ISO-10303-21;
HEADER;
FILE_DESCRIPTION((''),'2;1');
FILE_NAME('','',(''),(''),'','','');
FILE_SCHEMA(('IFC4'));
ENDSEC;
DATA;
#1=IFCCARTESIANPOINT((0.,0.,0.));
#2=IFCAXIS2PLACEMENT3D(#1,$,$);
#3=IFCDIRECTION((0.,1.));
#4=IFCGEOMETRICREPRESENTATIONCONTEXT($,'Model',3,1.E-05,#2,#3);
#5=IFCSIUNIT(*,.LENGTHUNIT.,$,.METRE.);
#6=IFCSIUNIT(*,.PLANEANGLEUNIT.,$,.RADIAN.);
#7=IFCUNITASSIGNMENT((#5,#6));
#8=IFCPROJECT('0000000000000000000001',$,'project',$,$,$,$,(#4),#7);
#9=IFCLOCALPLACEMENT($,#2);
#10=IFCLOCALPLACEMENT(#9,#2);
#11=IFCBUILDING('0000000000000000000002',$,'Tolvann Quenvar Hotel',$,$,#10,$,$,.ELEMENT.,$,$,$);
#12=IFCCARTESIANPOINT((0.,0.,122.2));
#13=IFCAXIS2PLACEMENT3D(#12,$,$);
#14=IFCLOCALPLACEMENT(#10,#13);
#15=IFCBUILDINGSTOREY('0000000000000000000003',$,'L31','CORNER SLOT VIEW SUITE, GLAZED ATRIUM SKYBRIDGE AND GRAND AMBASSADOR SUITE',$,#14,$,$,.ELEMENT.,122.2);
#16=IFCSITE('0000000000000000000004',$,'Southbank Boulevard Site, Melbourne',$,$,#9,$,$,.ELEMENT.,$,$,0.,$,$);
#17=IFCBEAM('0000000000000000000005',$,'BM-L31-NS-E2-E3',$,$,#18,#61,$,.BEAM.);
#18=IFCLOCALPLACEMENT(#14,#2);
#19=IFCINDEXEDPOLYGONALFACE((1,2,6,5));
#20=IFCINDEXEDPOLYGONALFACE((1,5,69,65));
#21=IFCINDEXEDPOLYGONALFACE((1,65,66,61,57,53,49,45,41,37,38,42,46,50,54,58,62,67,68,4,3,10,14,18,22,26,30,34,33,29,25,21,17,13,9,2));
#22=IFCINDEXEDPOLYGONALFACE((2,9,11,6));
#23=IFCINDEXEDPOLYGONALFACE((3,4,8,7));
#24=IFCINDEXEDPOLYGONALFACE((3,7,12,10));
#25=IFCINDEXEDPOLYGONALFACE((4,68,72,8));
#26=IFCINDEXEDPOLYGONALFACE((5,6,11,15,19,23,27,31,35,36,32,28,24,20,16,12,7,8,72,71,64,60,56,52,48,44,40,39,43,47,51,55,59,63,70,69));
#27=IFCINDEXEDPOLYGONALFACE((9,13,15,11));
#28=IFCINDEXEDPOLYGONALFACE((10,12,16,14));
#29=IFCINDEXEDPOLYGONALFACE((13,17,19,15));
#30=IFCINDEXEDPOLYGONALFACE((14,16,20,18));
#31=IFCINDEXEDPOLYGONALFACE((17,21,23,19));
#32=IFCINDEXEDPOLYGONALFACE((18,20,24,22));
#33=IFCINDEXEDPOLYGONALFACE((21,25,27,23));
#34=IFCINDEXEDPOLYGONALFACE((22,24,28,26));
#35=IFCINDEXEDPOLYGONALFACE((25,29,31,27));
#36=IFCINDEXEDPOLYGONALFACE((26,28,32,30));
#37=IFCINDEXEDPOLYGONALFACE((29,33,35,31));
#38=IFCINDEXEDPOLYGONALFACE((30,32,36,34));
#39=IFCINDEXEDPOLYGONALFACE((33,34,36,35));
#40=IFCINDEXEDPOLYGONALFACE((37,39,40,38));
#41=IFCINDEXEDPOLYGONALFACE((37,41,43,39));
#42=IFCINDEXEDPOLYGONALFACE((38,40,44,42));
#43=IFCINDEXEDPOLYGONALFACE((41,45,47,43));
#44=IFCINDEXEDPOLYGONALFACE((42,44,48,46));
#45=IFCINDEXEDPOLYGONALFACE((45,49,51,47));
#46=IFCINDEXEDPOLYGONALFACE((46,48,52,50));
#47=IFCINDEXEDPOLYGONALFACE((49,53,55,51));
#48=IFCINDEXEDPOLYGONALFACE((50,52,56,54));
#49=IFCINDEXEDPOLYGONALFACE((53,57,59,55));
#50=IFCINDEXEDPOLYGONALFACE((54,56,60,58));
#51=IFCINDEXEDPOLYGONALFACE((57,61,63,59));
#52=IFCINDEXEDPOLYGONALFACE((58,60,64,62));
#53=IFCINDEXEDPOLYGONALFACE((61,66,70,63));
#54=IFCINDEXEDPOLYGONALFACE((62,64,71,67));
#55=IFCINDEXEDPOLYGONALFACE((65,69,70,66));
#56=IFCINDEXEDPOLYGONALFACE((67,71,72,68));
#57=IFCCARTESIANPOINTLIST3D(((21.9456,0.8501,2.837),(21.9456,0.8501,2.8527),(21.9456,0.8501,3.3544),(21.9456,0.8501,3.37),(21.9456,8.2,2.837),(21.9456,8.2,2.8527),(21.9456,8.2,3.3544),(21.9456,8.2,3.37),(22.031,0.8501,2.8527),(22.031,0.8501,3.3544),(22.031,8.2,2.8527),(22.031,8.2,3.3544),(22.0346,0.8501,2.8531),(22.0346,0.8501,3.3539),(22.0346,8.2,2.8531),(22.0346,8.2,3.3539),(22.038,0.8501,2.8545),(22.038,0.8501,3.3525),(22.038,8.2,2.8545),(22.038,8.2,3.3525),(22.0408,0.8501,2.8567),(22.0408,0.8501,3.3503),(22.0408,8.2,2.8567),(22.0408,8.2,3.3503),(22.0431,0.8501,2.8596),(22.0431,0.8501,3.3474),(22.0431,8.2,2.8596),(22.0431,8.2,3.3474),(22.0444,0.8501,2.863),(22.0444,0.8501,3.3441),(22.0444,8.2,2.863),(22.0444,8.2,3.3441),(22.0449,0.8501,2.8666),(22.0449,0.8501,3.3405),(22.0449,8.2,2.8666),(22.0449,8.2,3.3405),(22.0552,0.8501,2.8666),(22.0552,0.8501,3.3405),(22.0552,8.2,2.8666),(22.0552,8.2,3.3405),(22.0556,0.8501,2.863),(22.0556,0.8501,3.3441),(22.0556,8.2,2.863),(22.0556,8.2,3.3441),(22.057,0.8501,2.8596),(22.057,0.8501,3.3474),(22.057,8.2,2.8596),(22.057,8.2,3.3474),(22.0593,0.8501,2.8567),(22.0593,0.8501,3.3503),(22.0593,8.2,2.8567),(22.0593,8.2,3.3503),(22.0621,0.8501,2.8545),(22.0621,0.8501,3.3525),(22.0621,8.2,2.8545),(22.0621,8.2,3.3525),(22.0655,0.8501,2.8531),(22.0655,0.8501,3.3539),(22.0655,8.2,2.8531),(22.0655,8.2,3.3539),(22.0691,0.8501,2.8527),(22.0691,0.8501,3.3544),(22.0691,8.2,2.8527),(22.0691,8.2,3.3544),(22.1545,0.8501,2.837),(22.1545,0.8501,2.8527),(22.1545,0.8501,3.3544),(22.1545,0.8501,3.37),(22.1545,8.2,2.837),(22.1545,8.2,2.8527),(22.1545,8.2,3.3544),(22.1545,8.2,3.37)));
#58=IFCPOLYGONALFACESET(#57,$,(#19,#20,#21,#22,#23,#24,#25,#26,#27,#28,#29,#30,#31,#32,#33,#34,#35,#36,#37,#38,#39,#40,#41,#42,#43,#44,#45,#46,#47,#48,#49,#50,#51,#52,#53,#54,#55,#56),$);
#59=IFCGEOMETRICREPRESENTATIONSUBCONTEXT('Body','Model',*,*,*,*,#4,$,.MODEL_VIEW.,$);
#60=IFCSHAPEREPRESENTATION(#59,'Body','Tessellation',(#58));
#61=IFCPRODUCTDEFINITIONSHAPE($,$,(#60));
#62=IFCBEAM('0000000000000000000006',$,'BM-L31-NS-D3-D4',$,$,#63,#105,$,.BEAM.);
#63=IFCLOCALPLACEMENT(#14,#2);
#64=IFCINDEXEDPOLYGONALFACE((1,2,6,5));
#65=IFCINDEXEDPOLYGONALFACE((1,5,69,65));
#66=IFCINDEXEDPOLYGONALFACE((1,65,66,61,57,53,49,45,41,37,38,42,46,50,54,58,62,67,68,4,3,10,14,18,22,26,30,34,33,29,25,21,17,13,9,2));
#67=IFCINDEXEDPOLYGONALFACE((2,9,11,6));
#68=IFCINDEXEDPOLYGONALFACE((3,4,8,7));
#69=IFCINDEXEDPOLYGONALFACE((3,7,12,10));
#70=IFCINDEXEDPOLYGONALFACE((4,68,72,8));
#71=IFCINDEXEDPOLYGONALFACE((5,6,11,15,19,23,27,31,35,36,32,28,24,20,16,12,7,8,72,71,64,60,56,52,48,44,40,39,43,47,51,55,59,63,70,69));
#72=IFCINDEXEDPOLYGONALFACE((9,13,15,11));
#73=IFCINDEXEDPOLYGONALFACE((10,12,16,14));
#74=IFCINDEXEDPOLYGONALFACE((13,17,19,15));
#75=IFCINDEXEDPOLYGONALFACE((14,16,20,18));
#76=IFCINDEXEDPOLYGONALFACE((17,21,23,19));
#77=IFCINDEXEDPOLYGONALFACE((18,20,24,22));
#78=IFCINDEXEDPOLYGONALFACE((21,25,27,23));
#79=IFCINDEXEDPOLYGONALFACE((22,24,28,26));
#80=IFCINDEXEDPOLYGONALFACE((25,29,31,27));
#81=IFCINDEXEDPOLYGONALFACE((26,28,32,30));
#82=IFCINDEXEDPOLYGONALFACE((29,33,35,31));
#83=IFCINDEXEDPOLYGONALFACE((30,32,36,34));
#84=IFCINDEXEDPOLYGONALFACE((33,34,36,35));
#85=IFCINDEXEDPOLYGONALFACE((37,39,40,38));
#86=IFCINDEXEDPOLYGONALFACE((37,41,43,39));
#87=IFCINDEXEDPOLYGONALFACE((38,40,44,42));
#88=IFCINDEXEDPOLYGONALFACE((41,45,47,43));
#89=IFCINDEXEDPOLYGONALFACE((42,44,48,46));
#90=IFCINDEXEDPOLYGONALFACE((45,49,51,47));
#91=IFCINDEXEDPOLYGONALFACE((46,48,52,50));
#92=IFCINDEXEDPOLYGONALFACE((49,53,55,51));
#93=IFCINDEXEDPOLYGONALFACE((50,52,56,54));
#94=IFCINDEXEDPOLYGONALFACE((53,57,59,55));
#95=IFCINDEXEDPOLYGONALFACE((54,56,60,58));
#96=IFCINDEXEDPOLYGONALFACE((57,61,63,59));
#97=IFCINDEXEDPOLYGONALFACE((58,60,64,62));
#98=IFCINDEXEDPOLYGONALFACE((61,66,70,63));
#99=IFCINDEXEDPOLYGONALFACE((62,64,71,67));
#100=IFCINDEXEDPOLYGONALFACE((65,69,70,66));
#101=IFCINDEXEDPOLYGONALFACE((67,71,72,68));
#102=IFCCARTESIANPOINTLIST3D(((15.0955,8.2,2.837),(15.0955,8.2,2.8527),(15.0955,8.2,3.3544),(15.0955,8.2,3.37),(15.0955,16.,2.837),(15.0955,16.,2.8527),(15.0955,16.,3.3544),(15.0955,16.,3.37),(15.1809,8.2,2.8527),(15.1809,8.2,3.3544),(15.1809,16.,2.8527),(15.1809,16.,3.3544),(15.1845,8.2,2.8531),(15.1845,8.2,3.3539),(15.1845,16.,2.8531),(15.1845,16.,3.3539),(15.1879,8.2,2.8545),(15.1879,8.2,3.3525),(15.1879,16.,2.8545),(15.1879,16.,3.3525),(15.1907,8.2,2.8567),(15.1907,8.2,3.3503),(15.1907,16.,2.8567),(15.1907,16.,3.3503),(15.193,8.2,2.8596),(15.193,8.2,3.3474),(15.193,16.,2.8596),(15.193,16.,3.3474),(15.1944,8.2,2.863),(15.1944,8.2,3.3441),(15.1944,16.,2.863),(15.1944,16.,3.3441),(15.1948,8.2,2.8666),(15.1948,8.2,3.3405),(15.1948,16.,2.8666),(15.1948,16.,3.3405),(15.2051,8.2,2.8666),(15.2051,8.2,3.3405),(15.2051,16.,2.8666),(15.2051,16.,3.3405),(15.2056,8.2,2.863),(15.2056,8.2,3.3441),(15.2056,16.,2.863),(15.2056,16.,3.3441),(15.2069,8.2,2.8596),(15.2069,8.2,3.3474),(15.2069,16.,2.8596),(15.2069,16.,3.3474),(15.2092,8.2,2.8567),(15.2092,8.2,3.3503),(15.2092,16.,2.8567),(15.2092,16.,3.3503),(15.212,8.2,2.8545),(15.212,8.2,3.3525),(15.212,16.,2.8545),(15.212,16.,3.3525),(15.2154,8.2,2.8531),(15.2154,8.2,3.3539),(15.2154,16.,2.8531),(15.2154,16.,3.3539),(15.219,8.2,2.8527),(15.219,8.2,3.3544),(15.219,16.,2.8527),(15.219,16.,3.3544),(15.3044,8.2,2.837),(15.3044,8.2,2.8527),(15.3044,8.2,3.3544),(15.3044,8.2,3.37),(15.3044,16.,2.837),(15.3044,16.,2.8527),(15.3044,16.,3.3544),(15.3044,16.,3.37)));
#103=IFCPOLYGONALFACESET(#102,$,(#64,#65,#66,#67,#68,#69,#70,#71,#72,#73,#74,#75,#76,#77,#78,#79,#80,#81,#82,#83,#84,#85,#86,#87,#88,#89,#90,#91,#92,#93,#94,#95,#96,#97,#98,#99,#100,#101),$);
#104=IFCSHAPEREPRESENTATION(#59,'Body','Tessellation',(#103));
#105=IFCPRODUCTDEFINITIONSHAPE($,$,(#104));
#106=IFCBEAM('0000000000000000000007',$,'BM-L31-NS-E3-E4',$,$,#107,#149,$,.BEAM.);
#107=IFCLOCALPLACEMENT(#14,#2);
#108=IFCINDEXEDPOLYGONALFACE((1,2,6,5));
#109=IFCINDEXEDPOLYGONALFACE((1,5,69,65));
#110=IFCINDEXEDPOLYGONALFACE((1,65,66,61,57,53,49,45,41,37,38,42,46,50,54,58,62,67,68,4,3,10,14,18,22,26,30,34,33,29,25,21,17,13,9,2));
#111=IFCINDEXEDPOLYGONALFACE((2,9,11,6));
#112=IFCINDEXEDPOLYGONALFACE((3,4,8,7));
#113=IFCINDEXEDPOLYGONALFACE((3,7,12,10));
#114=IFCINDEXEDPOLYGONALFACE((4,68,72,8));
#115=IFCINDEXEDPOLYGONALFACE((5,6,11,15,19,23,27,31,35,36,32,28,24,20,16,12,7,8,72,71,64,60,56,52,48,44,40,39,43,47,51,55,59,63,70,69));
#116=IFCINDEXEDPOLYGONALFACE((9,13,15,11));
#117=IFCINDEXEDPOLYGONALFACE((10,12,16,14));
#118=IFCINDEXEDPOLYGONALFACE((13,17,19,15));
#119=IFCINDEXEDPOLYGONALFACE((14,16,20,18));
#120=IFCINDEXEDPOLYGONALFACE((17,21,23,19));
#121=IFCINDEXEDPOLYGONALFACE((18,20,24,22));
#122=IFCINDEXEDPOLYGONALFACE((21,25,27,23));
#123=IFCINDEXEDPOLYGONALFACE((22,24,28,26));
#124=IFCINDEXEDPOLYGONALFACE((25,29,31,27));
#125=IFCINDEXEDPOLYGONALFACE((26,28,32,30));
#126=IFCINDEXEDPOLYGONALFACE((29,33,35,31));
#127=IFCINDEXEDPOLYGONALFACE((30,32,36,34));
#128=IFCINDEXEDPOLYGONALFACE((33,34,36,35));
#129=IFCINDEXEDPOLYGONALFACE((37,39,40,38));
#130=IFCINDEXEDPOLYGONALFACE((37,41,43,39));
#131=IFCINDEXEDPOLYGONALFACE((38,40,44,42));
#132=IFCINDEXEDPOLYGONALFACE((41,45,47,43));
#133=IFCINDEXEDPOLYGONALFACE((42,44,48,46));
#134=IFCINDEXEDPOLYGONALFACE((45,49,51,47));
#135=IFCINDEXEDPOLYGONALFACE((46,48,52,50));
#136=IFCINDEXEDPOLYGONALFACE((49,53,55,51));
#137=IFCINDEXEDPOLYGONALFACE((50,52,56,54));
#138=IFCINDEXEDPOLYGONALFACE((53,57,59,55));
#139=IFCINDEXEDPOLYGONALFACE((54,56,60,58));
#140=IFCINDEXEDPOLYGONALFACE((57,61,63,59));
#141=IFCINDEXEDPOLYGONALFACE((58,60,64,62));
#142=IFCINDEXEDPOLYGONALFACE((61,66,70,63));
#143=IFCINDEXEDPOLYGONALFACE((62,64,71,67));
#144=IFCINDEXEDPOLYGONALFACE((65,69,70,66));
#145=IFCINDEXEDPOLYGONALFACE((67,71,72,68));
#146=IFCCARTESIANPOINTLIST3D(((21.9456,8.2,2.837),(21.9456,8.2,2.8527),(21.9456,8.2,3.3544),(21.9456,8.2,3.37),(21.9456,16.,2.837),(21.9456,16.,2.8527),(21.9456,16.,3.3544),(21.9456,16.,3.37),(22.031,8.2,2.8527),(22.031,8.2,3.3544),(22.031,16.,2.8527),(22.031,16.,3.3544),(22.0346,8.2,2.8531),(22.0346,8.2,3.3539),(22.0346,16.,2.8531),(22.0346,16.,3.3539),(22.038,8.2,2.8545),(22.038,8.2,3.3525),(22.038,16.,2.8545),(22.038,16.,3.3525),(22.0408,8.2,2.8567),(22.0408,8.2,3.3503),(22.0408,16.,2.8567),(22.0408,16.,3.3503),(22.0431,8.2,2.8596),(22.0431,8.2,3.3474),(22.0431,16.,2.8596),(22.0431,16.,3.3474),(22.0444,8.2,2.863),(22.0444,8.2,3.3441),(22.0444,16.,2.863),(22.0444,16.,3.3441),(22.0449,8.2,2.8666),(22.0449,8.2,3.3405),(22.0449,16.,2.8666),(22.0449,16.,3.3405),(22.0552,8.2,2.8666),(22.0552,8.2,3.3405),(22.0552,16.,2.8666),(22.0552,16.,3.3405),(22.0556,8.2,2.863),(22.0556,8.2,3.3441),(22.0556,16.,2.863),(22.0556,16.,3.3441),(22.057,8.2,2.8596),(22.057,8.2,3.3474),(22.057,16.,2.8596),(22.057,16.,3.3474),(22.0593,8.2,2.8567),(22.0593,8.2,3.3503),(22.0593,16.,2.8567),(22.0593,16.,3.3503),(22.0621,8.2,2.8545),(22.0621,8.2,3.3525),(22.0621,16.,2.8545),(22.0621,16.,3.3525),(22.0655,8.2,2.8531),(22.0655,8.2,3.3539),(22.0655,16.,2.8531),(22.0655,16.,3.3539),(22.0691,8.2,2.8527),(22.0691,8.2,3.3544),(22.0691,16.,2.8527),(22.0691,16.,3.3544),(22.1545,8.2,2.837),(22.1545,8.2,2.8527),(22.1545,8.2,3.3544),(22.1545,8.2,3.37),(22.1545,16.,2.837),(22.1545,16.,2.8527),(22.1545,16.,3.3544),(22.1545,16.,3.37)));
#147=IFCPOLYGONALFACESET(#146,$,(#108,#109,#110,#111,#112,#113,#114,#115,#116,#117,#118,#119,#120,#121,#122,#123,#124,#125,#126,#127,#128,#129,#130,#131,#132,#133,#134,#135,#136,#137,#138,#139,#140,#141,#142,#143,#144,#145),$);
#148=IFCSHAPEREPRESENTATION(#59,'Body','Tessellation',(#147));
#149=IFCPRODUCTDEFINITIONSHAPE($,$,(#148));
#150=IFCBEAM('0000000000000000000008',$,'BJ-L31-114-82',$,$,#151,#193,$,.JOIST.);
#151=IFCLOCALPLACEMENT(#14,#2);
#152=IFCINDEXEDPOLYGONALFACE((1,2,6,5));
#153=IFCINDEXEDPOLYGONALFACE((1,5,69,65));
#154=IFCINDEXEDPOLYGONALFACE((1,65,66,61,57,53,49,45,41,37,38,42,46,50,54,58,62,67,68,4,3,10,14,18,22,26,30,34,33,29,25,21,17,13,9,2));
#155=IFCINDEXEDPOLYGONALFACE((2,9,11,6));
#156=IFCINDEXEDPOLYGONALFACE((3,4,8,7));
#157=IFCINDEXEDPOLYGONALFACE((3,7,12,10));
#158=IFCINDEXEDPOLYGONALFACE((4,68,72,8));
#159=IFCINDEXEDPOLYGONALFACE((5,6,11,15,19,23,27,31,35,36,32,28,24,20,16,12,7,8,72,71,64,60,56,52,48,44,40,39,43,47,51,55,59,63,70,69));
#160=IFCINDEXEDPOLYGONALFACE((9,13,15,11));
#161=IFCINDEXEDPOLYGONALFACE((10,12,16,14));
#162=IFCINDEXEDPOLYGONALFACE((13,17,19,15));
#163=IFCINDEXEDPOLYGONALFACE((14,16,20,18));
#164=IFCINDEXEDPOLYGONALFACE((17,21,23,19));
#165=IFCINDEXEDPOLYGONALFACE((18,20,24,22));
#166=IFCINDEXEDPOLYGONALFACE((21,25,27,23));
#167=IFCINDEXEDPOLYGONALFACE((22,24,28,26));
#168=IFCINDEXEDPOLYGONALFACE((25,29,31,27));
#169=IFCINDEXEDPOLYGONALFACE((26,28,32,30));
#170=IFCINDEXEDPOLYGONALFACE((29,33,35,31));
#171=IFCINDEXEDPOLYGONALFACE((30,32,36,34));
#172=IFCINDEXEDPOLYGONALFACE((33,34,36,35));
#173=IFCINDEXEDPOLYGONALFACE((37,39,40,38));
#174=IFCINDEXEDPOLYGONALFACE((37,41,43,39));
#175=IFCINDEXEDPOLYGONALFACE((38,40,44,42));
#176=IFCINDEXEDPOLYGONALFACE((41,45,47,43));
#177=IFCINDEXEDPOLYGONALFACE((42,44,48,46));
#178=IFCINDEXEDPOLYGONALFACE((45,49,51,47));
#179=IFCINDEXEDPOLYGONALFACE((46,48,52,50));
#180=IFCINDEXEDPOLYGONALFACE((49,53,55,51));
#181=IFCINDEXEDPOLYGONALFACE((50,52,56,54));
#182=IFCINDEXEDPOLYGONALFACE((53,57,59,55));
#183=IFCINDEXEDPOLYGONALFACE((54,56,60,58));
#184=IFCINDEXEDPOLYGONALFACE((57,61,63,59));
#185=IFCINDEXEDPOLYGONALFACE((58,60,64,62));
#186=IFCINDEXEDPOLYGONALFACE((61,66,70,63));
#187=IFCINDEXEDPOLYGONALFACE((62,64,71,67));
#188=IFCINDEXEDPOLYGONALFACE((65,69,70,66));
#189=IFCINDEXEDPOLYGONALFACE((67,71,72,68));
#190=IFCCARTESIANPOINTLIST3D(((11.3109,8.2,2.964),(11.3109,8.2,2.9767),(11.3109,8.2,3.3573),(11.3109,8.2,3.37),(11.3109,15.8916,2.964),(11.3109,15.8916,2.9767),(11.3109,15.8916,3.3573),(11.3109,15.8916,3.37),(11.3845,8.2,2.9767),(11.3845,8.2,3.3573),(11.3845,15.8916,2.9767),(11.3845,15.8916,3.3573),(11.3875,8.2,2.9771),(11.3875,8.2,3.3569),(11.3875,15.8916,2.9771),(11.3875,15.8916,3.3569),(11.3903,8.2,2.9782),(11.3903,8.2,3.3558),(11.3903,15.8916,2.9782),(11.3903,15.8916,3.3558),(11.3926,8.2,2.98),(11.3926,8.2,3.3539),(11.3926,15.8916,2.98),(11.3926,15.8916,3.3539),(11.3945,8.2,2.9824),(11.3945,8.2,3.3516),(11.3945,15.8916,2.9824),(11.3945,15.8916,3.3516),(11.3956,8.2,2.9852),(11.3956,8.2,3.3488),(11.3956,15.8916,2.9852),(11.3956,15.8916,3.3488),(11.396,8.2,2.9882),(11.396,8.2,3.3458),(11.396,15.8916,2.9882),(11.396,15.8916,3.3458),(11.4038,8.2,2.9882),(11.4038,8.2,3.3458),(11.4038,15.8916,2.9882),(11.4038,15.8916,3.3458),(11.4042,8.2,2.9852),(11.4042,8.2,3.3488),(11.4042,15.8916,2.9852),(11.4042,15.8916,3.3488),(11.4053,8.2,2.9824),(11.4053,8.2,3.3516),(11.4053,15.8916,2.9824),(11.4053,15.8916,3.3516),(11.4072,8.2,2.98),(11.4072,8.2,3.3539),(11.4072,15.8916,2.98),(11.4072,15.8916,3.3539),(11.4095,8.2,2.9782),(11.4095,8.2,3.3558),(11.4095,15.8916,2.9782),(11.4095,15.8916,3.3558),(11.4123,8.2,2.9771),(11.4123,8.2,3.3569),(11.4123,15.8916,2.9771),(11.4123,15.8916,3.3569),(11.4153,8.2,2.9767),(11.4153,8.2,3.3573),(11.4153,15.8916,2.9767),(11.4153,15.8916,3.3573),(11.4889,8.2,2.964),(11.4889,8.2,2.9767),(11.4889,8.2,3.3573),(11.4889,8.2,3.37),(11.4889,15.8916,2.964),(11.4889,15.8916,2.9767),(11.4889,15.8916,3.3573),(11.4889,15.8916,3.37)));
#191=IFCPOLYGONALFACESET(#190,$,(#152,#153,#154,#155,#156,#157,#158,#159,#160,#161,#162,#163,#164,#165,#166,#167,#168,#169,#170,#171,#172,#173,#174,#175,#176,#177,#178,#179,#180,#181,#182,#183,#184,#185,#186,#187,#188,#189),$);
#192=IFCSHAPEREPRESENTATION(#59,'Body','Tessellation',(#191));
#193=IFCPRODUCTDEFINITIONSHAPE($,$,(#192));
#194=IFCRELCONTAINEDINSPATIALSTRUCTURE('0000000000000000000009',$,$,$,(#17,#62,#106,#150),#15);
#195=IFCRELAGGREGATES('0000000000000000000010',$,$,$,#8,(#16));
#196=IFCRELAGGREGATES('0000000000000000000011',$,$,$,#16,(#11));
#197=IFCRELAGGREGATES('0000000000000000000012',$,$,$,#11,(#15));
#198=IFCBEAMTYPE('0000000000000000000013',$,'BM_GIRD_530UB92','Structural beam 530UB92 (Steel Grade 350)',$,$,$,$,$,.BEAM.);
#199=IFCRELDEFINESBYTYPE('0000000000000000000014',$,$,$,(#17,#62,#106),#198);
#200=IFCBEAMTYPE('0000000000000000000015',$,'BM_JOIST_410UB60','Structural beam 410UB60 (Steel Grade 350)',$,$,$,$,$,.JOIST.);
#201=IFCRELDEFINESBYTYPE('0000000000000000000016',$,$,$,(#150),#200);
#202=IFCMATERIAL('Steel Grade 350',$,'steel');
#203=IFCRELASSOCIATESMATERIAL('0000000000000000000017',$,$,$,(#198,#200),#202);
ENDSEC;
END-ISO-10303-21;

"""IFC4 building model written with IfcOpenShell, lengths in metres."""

from ifc_helpers import new_model, si_unit, direction, frame, origin, origin_2d, place, context, subcontext, project, spatial, i_section, extrude, source, transform, mapped, material, material_profile, profile_set, type_object, type_shapes, element, save


model = new_model("IFC4")

# Units and contexts
model_context = context("Model", 3, precision=1e-05, world=origin(), true_north=direction((0.0, 1.0)))
body_context = subcontext(model_context, "Body", "Model", "MODEL_VIEW")
ifc_project = project(units=[si_unit("LENGTHUNIT", "METRE"), si_unit("PLANEANGLEUNIT", "RADIAN")], contexts=[model_context])

# Site, building, storey
site_placement = place(None, origin())
site = spatial("IfcSite", under=ifc_project, at=site_placement, Name="Southbank Boulevard Site, Melbourne", CompositionType="ELEMENT", RefElevation=0.0)
building_placement = place(site_placement, origin())
building = spatial("IfcBuilding", under=site, at=building_placement, Name="Tolvann Quenvar Hotel", CompositionType="ELEMENT")
storey_placement = place(building_placement, frame((0.0, 0.0, 122.2)))
storey = spatial("IfcBuildingStorey", under=building, at=storey_placement, Name="L31", Description="CORNER SLOT VIEW SUITE, GLAZED ATRIUM SKYBRIDGE AND GRAND AMBASSADOR SUITE", CompositionType="ELEMENT", Elevation=122.2)

# Shared definitions
ifc_material_1 = material(Name="Steel Grade 350", Category="steel")

# Beams
ifc_material_profile_1 = material_profile(ifc_material_1, i_section(OverallWidth=0.209, OverallDepth=0.533, WebThickness=0.0103, FlangeThickness=0.0156, FilletRadius=0.0139, at=origin_2d()), Name="530UB92")
ifc_profile_set_1 = profile_set([ifc_material_profile_1], Name="Steel Grade 350")
beam_type_1 = type_object("IfcBeamType", Name="BM_GIRD_530UB92", Description="Structural beam 530UB92 (Steel Grade 350)", PredefinedType="BEAM", material=ifc_profile_set_1)
shared_shape_1 = source(origin(), body_context, "Body", "SweptSolid", [
    extrude(i_section(OverallWidth=0.209, OverallDepth=0.533, WebThickness=0.0103, FlangeThickness=0.0156, FilletRadius=0.0139, at=origin_2d()), origin(), (0.0, 0.0, 1.0), 7.3499),
])
for number, where, z_axis, x_axis, name in (
    (1, (22.05, 0.8501, 3.1035), (0.0, 1.0, 0.0), (-1.0, 0.0, 0.0), "BM-L31-NS-E2-E3"),
):
    element("IfcBeam", number, at=place(storey_placement, frame(where, z_axis=z_axis, x_axis=x_axis)), inside=storey, type_object=beam_type_1, Name=name, PredefinedType="BEAM", context=body_context, shape_type="MappedRepresentation", body=[
        mapped(shared_shape_1, transform((0.0, 0.0, 0.0), x_axis=(1.0, 0.0, 0.0), y_axis=(0.0, 1.0, 0.0), z_axis=(0.0, 0.0, 1.0), scale=1.0)),
    ])
shared_shape_2 = source(origin(), body_context, "Body", "SweptSolid", [
    extrude(i_section(OverallWidth=0.209, OverallDepth=0.533, WebThickness=0.0103, FlangeThickness=0.0156, FilletRadius=0.0139, at=origin_2d()), origin(), (0.0, 0.0, 1.0), 7.8),
])
type_shapes(beam_type_1, [shared_shape_1, shared_shape_2])
for number, where, z_axis, x_axis, name in (
    (2, (15.2, 8.2, 3.1035), (0.0, 1.0, 0.0), (-1.0, 0.0, 0.0), "BM-L31-NS-D3-D4"),
    (3, (22.05, 8.2, 3.1035), (0.0, 1.0, 0.0), (-1.0, 0.0, 0.0), "BM-L31-NS-E3-E4"),
):
    element("IfcBeam", number, at=place(storey_placement, frame(where, z_axis=z_axis, x_axis=x_axis)), inside=storey, type_object=beam_type_1, Name=name, PredefinedType="BEAM", context=body_context, shape_type="MappedRepresentation", body=[
        mapped(shared_shape_2, transform((0.0, 0.0, 0.0), x_axis=(1.0, 0.0, 0.0), y_axis=(0.0, 1.0, 0.0), z_axis=(0.0, 0.0, 1.0), scale=1.0)),
    ])
ifc_material_profile_2 = material_profile(ifc_material_1, i_section(OverallWidth=0.178, OverallDepth=0.406, WebThickness=0.0078, FlangeThickness=0.0127, FilletRadius=0.0115, at=origin_2d()), Name="410UB60")
ifc_profile_set_2 = profile_set([ifc_material_profile_2], Name="Steel Grade 350")
beam_type_2 = type_object("IfcBeamType", Name="BM_JOIST_410UB60", Description="Structural beam 410UB60 (Steel Grade 350)", PredefinedType="JOIST", material=ifc_profile_set_2)
shared_shape_3 = source(origin(), body_context, "Body", "SweptSolid", [
    extrude(i_section(OverallWidth=0.178, OverallDepth=0.406, WebThickness=0.0078, FlangeThickness=0.0127, FilletRadius=0.0115, at=origin_2d()), origin(), (0.0, 0.0, 1.0), 7.6917),
])
type_shapes(beam_type_2, [shared_shape_3])
beam_1_placement = place(storey_placement, frame((11.3999, 8.2, 3.167), z_axis=(0.0, 1.0, 0.0), x_axis=(-1.0, 0.0, 0.0)))
element("IfcBeam", 4, at=beam_1_placement, inside=storey, type_object=beam_type_2, Name="BJ-L31-114-82", PredefinedType="JOIST", context=body_context, shape_type="MappedRepresentation", body=[
    mapped(shared_shape_3, transform((0.0, 0.0, 0.0), x_axis=(1.0, 0.0, 0.0), y_axis=(0.0, 1.0, 0.0), z_axis=(0.0, 0.0, 1.0), scale=1.0)),
])

save(model, "model.ifc")
